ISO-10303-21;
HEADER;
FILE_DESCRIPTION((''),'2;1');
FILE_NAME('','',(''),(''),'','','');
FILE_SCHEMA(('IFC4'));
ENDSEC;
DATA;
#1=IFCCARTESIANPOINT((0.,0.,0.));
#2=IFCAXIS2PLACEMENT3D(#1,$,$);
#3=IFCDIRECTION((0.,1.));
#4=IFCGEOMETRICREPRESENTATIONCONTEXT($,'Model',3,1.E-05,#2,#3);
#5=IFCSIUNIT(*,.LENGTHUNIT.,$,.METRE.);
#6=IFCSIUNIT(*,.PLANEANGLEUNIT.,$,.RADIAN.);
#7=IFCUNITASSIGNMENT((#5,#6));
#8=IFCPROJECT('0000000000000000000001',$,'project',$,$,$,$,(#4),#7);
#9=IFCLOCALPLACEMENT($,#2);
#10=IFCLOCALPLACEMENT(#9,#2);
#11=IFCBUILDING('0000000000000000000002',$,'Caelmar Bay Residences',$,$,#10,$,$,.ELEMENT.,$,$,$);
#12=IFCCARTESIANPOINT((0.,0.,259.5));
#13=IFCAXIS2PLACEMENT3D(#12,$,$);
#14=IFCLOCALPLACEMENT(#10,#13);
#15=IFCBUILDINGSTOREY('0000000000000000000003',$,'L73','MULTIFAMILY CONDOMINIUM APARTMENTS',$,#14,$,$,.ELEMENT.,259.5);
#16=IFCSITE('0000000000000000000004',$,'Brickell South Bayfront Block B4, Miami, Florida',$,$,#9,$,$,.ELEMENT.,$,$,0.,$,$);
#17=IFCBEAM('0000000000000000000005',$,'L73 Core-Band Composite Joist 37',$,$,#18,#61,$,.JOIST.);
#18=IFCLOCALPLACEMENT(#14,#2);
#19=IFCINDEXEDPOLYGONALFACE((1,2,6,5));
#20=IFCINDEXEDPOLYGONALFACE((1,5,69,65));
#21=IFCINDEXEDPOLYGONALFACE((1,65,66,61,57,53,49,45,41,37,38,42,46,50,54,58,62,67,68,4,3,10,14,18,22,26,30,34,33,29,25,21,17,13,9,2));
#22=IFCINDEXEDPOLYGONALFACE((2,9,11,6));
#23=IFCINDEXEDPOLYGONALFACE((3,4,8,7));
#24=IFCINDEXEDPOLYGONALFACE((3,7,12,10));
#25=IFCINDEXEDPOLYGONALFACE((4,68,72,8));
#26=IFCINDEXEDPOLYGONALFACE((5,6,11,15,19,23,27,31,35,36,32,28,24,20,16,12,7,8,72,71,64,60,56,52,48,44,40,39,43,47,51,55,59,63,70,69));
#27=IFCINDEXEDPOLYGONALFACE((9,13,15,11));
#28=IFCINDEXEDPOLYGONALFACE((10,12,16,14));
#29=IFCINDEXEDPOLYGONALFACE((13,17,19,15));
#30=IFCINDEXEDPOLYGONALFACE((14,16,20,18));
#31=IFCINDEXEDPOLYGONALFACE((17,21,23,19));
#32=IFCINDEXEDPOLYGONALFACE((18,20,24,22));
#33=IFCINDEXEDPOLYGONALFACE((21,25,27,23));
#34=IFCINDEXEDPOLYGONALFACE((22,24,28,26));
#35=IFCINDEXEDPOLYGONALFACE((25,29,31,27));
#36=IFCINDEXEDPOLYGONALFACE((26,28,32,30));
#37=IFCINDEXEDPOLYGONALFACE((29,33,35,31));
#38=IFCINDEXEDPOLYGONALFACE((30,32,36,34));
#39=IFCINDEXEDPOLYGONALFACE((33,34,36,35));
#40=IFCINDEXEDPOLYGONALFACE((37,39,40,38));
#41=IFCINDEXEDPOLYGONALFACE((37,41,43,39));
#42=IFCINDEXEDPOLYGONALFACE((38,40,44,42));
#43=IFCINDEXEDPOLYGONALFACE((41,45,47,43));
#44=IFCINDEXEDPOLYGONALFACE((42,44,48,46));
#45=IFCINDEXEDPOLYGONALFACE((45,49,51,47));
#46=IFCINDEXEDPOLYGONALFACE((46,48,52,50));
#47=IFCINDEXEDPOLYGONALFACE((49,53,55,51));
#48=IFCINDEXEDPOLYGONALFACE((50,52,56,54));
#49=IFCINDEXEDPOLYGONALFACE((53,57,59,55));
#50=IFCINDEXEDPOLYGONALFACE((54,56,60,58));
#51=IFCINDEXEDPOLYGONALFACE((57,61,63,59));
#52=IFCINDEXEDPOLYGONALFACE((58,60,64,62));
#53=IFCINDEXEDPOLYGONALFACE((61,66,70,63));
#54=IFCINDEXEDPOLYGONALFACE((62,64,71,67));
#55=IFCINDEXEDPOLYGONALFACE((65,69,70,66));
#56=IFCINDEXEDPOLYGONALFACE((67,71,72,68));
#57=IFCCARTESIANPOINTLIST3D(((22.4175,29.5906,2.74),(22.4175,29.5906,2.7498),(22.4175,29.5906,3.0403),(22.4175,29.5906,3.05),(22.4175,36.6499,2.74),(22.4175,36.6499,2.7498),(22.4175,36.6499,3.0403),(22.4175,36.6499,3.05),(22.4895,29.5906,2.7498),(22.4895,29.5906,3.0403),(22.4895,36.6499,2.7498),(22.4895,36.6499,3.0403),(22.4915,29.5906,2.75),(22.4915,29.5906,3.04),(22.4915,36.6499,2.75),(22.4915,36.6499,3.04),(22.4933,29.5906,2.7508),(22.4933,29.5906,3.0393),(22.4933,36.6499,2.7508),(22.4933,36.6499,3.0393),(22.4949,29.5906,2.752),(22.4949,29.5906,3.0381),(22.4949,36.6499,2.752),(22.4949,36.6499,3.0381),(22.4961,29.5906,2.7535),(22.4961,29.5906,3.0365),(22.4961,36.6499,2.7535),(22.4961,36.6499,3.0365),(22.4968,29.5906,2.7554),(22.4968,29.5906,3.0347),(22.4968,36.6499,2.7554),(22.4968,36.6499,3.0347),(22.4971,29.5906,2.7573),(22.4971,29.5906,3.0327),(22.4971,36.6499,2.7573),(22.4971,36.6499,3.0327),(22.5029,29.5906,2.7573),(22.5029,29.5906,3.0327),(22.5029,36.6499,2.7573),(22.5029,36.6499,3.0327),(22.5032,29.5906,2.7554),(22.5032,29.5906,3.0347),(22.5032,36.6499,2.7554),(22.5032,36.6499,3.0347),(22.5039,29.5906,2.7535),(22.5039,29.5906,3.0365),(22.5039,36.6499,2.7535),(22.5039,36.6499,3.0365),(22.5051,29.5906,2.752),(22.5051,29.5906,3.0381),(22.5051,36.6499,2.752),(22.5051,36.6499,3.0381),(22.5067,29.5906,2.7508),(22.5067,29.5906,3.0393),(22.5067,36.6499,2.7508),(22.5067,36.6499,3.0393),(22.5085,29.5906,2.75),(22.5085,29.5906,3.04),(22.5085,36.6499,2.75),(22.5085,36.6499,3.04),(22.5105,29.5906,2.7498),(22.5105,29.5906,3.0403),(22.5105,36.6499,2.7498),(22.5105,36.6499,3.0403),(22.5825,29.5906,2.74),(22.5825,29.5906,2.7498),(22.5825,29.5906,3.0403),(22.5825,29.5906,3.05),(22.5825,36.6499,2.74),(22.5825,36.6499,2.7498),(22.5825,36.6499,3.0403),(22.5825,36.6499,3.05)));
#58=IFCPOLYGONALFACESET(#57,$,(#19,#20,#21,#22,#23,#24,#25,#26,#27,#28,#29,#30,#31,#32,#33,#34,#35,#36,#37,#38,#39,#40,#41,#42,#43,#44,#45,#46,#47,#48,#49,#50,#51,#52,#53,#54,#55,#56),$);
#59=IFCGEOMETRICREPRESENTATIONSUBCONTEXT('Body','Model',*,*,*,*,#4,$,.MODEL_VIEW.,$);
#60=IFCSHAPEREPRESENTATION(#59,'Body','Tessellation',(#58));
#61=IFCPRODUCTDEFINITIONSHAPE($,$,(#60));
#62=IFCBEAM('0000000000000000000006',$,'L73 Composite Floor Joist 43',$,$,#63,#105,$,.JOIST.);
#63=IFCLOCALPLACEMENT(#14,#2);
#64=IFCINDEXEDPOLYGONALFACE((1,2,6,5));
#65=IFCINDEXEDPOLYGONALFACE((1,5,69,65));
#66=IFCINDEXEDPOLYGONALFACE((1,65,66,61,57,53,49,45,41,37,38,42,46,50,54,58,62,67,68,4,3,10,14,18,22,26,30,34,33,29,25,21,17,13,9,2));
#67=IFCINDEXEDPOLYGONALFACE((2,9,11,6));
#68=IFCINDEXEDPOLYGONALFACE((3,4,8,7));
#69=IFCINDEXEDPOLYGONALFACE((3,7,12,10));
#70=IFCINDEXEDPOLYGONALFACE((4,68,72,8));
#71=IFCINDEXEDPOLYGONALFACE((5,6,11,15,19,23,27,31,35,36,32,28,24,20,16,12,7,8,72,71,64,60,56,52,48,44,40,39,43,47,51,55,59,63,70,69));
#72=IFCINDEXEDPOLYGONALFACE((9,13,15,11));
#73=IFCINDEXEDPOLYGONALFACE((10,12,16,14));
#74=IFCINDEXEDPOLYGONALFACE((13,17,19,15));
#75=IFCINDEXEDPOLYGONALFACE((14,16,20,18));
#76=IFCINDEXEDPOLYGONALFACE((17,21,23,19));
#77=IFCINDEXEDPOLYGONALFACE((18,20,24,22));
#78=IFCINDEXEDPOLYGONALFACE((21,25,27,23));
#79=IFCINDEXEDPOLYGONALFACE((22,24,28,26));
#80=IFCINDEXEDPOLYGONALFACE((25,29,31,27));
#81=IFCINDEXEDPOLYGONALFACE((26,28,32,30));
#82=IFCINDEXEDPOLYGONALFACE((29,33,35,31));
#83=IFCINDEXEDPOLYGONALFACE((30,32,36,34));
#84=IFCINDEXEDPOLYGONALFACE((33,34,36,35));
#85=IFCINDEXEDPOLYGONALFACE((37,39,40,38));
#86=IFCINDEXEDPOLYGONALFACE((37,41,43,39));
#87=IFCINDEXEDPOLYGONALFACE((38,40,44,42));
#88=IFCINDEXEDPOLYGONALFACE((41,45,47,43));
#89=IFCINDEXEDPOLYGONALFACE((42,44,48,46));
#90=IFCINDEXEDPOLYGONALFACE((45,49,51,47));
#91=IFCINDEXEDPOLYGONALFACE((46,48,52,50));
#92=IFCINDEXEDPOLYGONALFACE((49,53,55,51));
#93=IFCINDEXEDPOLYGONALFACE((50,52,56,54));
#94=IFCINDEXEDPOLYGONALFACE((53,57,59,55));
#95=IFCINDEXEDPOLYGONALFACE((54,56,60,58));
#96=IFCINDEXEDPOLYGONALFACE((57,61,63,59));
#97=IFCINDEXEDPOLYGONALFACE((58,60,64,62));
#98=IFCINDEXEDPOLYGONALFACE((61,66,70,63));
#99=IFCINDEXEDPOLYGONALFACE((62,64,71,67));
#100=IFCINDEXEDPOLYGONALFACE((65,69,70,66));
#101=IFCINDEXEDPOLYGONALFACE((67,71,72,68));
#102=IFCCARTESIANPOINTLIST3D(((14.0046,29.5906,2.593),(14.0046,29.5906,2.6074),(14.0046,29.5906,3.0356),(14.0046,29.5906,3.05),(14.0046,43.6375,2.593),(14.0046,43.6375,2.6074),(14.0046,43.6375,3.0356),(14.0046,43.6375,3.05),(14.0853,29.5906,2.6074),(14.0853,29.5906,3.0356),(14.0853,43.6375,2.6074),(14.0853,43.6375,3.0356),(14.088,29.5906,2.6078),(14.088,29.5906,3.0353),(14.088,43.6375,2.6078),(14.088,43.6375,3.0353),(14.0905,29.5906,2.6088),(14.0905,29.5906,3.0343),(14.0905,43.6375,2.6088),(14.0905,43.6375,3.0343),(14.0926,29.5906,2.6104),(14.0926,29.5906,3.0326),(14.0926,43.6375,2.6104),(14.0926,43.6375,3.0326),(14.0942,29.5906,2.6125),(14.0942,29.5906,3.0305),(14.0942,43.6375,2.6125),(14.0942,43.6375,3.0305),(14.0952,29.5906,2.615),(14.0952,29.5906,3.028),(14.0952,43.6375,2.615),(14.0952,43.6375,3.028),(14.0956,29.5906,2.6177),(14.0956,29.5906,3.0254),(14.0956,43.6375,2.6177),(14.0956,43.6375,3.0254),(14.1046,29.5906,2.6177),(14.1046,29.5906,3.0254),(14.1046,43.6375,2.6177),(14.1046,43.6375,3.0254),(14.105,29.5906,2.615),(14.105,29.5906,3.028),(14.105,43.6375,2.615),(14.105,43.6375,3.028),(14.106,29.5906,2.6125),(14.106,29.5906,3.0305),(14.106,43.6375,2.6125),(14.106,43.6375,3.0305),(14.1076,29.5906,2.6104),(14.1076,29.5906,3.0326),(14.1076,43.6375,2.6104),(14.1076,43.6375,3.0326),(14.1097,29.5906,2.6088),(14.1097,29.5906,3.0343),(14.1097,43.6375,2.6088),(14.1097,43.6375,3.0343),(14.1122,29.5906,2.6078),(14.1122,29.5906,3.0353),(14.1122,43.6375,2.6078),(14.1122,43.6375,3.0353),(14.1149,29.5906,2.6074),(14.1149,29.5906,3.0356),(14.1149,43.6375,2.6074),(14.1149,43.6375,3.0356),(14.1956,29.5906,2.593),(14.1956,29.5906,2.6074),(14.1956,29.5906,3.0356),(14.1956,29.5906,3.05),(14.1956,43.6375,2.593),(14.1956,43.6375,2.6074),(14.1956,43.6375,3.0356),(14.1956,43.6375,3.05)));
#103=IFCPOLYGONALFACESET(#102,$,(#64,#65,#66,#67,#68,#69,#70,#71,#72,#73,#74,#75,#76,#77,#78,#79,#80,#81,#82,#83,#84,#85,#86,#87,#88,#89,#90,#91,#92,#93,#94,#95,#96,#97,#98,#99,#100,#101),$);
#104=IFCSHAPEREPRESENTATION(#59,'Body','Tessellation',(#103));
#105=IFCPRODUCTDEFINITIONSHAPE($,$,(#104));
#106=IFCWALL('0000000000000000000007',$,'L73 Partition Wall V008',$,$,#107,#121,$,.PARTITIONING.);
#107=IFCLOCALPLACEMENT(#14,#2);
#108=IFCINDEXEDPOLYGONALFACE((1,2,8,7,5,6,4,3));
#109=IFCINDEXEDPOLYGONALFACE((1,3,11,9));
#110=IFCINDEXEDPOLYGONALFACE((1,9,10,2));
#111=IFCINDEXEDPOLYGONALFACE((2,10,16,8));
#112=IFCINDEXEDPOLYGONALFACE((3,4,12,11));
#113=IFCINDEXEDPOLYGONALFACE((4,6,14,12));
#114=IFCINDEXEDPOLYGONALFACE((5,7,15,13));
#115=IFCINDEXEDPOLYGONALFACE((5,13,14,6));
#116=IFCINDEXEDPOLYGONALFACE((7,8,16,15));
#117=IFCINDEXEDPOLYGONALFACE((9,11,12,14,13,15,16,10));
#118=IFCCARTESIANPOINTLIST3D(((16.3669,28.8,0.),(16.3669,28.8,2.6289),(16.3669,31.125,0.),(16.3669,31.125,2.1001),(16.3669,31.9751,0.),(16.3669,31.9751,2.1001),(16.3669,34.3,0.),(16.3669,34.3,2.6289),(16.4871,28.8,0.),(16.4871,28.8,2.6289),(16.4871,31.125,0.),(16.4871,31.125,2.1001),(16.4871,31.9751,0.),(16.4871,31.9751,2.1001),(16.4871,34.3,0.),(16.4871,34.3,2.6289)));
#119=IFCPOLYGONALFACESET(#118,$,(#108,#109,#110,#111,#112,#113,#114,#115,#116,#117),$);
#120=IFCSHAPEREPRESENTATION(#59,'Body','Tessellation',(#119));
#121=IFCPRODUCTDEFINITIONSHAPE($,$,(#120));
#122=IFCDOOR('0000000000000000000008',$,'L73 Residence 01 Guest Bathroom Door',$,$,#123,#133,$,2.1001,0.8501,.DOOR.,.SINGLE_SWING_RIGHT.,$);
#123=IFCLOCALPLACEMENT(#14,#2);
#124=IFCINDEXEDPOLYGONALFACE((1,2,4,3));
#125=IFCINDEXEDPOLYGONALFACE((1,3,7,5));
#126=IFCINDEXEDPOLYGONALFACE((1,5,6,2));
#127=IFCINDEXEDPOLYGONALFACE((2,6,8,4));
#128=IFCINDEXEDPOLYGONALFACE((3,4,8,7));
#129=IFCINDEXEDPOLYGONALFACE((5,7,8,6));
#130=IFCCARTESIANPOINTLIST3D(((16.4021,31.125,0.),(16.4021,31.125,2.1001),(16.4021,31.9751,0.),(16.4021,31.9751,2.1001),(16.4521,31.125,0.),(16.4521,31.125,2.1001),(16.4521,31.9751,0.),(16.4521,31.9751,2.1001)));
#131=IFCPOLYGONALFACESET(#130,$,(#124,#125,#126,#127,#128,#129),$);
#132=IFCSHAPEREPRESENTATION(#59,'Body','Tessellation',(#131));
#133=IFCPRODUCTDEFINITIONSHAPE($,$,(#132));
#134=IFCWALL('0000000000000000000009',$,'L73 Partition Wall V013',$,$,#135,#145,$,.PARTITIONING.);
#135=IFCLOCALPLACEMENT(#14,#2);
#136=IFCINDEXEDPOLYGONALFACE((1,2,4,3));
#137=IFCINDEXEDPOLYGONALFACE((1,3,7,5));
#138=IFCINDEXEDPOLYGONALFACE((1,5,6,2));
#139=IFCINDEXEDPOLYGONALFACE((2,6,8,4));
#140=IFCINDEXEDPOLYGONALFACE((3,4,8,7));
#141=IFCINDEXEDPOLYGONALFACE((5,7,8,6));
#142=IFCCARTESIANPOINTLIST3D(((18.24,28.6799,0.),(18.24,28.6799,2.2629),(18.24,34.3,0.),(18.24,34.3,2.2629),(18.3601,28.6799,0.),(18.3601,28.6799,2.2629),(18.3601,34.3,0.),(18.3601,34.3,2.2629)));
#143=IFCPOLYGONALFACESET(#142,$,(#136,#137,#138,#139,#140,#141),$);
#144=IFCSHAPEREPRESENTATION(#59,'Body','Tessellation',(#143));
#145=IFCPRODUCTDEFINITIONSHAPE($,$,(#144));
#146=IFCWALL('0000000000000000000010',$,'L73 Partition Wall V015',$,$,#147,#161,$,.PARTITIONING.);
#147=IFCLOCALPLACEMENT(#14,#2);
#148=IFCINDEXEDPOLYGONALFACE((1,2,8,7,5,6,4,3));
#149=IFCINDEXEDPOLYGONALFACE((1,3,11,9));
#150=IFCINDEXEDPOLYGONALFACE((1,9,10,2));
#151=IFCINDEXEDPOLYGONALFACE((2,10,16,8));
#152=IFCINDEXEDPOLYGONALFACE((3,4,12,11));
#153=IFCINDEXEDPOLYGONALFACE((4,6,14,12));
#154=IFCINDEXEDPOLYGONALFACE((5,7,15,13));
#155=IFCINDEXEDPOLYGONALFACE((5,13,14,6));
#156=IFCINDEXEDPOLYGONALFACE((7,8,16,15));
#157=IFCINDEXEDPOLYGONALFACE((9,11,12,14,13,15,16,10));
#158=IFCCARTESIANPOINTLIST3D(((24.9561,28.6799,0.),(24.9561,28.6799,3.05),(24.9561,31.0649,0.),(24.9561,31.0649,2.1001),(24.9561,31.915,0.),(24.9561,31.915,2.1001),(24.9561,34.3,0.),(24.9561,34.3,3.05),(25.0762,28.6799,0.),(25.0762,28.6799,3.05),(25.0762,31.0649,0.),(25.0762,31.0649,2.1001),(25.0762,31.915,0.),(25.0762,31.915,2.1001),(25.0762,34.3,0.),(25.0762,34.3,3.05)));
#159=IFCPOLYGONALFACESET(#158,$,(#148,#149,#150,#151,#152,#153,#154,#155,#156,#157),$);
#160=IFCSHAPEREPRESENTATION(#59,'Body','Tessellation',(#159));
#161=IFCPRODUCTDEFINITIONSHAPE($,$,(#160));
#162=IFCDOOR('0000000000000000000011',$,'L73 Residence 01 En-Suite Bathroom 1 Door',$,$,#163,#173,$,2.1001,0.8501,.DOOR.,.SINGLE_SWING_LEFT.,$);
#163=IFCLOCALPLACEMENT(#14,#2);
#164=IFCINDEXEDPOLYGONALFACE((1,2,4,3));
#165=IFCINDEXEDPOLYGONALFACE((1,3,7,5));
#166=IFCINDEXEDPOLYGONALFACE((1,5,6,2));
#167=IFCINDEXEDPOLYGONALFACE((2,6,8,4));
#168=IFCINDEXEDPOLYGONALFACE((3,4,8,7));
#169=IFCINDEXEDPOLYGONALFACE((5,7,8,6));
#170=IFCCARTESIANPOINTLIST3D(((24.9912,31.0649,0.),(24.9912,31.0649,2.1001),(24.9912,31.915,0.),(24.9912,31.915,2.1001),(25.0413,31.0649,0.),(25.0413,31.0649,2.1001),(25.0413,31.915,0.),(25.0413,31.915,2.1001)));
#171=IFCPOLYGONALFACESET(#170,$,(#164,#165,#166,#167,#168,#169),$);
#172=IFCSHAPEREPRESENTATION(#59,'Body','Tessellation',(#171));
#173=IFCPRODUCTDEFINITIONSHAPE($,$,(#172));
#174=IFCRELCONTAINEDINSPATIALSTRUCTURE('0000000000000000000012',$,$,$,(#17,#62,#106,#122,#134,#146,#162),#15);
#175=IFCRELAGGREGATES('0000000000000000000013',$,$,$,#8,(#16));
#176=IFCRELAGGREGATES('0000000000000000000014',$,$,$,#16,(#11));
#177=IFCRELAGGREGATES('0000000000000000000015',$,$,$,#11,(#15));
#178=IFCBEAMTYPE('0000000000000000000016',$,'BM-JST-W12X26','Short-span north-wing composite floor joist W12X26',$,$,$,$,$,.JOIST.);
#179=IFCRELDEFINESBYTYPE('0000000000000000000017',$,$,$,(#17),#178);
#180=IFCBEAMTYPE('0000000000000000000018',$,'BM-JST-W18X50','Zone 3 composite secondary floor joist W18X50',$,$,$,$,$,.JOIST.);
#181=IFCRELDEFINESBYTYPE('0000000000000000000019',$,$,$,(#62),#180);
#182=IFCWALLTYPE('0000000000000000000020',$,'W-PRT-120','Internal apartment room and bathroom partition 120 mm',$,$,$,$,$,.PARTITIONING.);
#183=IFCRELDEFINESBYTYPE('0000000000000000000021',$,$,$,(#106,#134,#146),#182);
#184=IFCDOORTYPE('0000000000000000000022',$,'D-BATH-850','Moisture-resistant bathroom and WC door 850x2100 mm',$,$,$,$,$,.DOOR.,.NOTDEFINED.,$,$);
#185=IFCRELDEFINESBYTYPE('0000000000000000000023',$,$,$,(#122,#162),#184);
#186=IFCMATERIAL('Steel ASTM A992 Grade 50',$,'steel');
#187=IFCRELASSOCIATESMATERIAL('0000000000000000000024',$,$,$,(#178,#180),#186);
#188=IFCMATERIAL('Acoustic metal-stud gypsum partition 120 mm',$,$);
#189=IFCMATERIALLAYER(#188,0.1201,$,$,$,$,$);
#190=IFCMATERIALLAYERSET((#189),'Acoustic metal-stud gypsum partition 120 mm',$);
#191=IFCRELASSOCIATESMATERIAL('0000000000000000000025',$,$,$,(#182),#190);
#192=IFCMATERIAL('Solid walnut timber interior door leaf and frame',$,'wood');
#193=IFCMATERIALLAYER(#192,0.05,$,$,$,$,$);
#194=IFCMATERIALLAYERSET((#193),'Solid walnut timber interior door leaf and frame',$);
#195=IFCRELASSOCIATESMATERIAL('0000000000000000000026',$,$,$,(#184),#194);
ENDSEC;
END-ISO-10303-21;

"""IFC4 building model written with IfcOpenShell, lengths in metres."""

from ifc_helpers import new_model, si_unit, direction, frame, frame_2d, origin, origin_2d, place, context, subcontext, project, spatial, rectangle, i_section, extrude, material, layer, layer_set, material_profile, profile_set, type_object, element, fill, save


model = new_model("IFC4")

# Units and contexts
model_context = context("Model", 3, precision=1e-05, world=origin(), true_north=direction((0.0, 1.0)))
body_context = subcontext(model_context, "Body", "Model", "MODEL_VIEW")
ifc_project = project(units=[si_unit("LENGTHUNIT", "METRE"), si_unit("PLANEANGLEUNIT", "RADIAN")], contexts=[model_context])

# Site, building, storey
site_placement = place(None, origin())
site = spatial("IfcSite", under=ifc_project, at=site_placement, Name="Brickell South Bayfront Block B4, Miami, Florida", CompositionType="ELEMENT", RefElevation=0.0)
building_placement = place(site_placement, origin())
building = spatial("IfcBuilding", under=site, at=building_placement, Name="Caelmar Bay Residences", CompositionType="ELEMENT")
storey_placement = place(building_placement, frame((0.0, 0.0, 259.5)))
storey = spatial("IfcBuildingStorey", under=building, at=storey_placement, Name="L73", Description="MULTIFAMILY CONDOMINIUM APARTMENTS", CompositionType="ELEMENT", Elevation=259.5)

# Beams
ifc_material_1 = material(Name="Steel ASTM A992 Grade 50", Category="steel")
ifc_material_profile_1 = material_profile(ifc_material_1, i_section(OverallWidth=0.165, OverallDepth=0.3101, WebThickness=0.0059, FlangeThickness=0.0098, FilletRadius=0.0076, at=origin_2d()), Name="W12X26")
ifc_profile_set_1 = profile_set([ifc_material_profile_1], Name="Steel ASTM A992 Grade 50")
beam_type_1 = type_object("IfcBeamType", Name="BM-JST-W12X26", Description="Short-span north-wing composite floor joist W12X26", PredefinedType="JOIST", material=ifc_profile_set_1)
beam_1_placement = place(storey_placement, frame((22.5, 29.5906, 2.895), z_axis=(0.0, 1.0, 0.0), x_axis=(-1.0, 0.0, 0.0)))
element("IfcBeam", 1, at=beam_1_placement, inside=storey, type_object=beam_type_1, Name="L73 Core-Band Composite Joist 37", PredefinedType="JOIST", context=body_context, shape_type="SweptSolid", body=[
    extrude(i_section(OverallWidth=0.165, OverallDepth=0.3101, WebThickness=0.0059, FlangeThickness=0.0098, FilletRadius=0.0076, at=origin_2d()), origin(), (0.0, 0.0, 1.0), 7.0593),
])
ifc_material_profile_2 = material_profile(ifc_material_1, i_section(OverallWidth=0.1909, OverallDepth=0.457, WebThickness=0.009, FlangeThickness=0.0144, FilletRadius=0.0103, at=origin_2d()), Name="W18X50")
ifc_profile_set_2 = profile_set([ifc_material_profile_2], Name="Steel ASTM A992 Grade 50")
beam_type_2 = type_object("IfcBeamType", Name="BM-JST-W18X50", Description="Zone 3 composite secondary floor joist W18X50", PredefinedType="JOIST", material=ifc_profile_set_2)
beam_2_placement = place(storey_placement, frame((14.1001, 29.5906, 2.8215), z_axis=(0.0, 1.0, 0.0), x_axis=(-1.0, 0.0, 0.0)))
element("IfcBeam", 2, at=beam_2_placement, inside=storey, type_object=beam_type_2, Name="L73 Composite Floor Joist 43", PredefinedType="JOIST", context=body_context, shape_type="SweptSolid", body=[
    extrude(i_section(OverallWidth=0.1909, OverallDepth=0.457, WebThickness=0.009, FlangeThickness=0.0144, FilletRadius=0.0103, at=origin_2d()), origin(), (0.0, 0.0, 1.0), 14.0469),
])

# Wall, opening, door
ifc_material_2 = material(Name="Acoustic metal-stud gypsum partition 120 mm")
ifc_layer_1 = layer(ifc_material_2, 0.1201)
ifc_layer_set_1 = layer_set([ifc_layer_1], Name="Acoustic metal-stud gypsum partition 120 mm")
wall_type = type_object("IfcWallType", Name="W-PRT-120", Description="Internal apartment room and bathroom partition 120 mm", PredefinedType="PARTITIONING", material=ifc_layer_set_1)
wall_1_placement = place(storey_placement, frame((16.427, 28.8, 0.0), z_axis=(0.0, 0.0, 1.0), x_axis=(0.0, 1.0, 0.0)))
wall_1 = element("IfcWall", 3, at=wall_1_placement, inside=storey, type_object=wall_type, Name="L73 Partition Wall V008", PredefinedType="PARTITIONING", context=body_context, shape_type="SweptSolid", body=[
    extrude(rectangle(XDim=5.5, YDim=0.1201, at=frame_2d((2.75, 0.0))), origin(), (0.0, 0.0, 1.0), 2.6289),
])
opening_1_placement = place(wall_1_placement, frame((2.325, 0.0, 0.0)))
opening_1 = element("IfcOpeningElement", 4, at=opening_1_placement, cuts=wall_1, PredefinedType="OPENING", context=body_context, shape_type="SweptSolid", body=[
    extrude(rectangle(XDim=0.8501, YDim=2.1001, at=frame_2d((0.425, 1.05))), frame((0.0, 0.0701, 0.0), z_axis=(0.0, -1.0, 0.0), x_axis=(1.0, 0.0, 0.0)), (0.0, 0.0, 1.0), 0.1401),
])
ifc_material_3 = material(Name="Solid walnut timber interior door leaf and frame", Category="wood")
ifc_layer_2 = layer(ifc_material_3, 0.05)
ifc_layer_set_2 = layer_set([ifc_layer_2], Name="Solid walnut timber interior door leaf and frame")
door_type_1 = type_object("IfcDoorType", Name="D-BATH-850", Description="Moisture-resistant bathroom and WC door 850x2100 mm", OperationType="NOTDEFINED", PredefinedType="DOOR", material=ifc_layer_set_2)
door_1_placement = place(opening_1_placement, origin())
door_1 = element("IfcDoor", 5, at=door_1_placement, inside=storey, type_object=door_type_1, Name="L73 Residence 01 Guest Bathroom Door", OperationType="SINGLE_SWING_RIGHT", OverallHeight=2.1001, OverallWidth=0.8501, PredefinedType="DOOR", context=body_context, shape_type="SweptSolid", body=[
    extrude(rectangle(XDim=0.8501, YDim=2.1001, at=frame_2d((0.425, 1.05))), frame((0.0, 0.0249, 0.0), z_axis=(0.0, -1.0, 0.0), x_axis=(1.0, 0.0, 0.0)), (0.0, 0.0, 1.0), 0.05),
])
fill(opening_1, door_1)

# Wall
wall_2_placement = place(storey_placement, frame((18.3, 28.6799, 0.0), z_axis=(0.0, 0.0, 1.0), x_axis=(0.0, 1.0, 0.0)))
element("IfcWall", 6, at=wall_2_placement, inside=storey, type_object=wall_type, Name="L73 Partition Wall V013", PredefinedType="PARTITIONING", context=body_context, shape_type="SweptSolid", body=[
    extrude(rectangle(XDim=5.6201, YDim=0.1201, at=frame_2d((2.8101, 0.0))), origin(), (0.0, 0.0, 1.0), 2.2629),
])

# Wall, opening, door
wall_3_placement = place(storey_placement, frame((25.0161, 28.6799, 0.0), z_axis=(0.0, 0.0, 1.0), x_axis=(0.0, 1.0, 0.0)))
wall_3 = element("IfcWall", 7, at=wall_3_placement, inside=storey, type_object=wall_type, Name="L73 Partition Wall V015", PredefinedType="PARTITIONING", context=body_context, shape_type="SweptSolid", body=[
    extrude(rectangle(XDim=5.6201, YDim=0.1201, at=frame_2d((2.8101, 0.0))), origin(), (0.0, 0.0, 1.0), 3.05),
])
opening_2_placement = place(wall_3_placement, frame((2.385, 0.0, 0.0)))
opening_2 = element("IfcOpeningElement", 8, at=opening_2_placement, cuts=wall_3, PredefinedType="OPENING", context=body_context, shape_type="SweptSolid", body=[
    extrude(rectangle(XDim=0.8501, YDim=2.1001, at=frame_2d((0.425, 1.05))), frame((0.0, 0.0701, 0.0), z_axis=(0.0, -1.0, 0.0), x_axis=(1.0, 0.0, 0.0)), (0.0, 0.0, 1.0), 0.1401),
])
door_2_placement = place(opening_2_placement, origin())
door_2 = element("IfcDoor", 9, at=door_2_placement, inside=storey, type_object=door_type_1, Name="L73 Residence 01 En-Suite Bathroom 1 Door", OperationType="SINGLE_SWING_LEFT", OverallHeight=2.1001, OverallWidth=0.8501, PredefinedType="DOOR", context=body_context, shape_type="SweptSolid", body=[
    extrude(rectangle(XDim=0.8501, YDim=2.1001, at=frame_2d((0.425, 1.05))), frame((0.0, 0.0249, 0.0), z_axis=(0.0, -1.0, 0.0), x_axis=(1.0, 0.0, 0.0)), (0.0, 0.0, 1.0), 0.05),
])
fill(opening_2, door_2)

save(model, "model.ifc")
